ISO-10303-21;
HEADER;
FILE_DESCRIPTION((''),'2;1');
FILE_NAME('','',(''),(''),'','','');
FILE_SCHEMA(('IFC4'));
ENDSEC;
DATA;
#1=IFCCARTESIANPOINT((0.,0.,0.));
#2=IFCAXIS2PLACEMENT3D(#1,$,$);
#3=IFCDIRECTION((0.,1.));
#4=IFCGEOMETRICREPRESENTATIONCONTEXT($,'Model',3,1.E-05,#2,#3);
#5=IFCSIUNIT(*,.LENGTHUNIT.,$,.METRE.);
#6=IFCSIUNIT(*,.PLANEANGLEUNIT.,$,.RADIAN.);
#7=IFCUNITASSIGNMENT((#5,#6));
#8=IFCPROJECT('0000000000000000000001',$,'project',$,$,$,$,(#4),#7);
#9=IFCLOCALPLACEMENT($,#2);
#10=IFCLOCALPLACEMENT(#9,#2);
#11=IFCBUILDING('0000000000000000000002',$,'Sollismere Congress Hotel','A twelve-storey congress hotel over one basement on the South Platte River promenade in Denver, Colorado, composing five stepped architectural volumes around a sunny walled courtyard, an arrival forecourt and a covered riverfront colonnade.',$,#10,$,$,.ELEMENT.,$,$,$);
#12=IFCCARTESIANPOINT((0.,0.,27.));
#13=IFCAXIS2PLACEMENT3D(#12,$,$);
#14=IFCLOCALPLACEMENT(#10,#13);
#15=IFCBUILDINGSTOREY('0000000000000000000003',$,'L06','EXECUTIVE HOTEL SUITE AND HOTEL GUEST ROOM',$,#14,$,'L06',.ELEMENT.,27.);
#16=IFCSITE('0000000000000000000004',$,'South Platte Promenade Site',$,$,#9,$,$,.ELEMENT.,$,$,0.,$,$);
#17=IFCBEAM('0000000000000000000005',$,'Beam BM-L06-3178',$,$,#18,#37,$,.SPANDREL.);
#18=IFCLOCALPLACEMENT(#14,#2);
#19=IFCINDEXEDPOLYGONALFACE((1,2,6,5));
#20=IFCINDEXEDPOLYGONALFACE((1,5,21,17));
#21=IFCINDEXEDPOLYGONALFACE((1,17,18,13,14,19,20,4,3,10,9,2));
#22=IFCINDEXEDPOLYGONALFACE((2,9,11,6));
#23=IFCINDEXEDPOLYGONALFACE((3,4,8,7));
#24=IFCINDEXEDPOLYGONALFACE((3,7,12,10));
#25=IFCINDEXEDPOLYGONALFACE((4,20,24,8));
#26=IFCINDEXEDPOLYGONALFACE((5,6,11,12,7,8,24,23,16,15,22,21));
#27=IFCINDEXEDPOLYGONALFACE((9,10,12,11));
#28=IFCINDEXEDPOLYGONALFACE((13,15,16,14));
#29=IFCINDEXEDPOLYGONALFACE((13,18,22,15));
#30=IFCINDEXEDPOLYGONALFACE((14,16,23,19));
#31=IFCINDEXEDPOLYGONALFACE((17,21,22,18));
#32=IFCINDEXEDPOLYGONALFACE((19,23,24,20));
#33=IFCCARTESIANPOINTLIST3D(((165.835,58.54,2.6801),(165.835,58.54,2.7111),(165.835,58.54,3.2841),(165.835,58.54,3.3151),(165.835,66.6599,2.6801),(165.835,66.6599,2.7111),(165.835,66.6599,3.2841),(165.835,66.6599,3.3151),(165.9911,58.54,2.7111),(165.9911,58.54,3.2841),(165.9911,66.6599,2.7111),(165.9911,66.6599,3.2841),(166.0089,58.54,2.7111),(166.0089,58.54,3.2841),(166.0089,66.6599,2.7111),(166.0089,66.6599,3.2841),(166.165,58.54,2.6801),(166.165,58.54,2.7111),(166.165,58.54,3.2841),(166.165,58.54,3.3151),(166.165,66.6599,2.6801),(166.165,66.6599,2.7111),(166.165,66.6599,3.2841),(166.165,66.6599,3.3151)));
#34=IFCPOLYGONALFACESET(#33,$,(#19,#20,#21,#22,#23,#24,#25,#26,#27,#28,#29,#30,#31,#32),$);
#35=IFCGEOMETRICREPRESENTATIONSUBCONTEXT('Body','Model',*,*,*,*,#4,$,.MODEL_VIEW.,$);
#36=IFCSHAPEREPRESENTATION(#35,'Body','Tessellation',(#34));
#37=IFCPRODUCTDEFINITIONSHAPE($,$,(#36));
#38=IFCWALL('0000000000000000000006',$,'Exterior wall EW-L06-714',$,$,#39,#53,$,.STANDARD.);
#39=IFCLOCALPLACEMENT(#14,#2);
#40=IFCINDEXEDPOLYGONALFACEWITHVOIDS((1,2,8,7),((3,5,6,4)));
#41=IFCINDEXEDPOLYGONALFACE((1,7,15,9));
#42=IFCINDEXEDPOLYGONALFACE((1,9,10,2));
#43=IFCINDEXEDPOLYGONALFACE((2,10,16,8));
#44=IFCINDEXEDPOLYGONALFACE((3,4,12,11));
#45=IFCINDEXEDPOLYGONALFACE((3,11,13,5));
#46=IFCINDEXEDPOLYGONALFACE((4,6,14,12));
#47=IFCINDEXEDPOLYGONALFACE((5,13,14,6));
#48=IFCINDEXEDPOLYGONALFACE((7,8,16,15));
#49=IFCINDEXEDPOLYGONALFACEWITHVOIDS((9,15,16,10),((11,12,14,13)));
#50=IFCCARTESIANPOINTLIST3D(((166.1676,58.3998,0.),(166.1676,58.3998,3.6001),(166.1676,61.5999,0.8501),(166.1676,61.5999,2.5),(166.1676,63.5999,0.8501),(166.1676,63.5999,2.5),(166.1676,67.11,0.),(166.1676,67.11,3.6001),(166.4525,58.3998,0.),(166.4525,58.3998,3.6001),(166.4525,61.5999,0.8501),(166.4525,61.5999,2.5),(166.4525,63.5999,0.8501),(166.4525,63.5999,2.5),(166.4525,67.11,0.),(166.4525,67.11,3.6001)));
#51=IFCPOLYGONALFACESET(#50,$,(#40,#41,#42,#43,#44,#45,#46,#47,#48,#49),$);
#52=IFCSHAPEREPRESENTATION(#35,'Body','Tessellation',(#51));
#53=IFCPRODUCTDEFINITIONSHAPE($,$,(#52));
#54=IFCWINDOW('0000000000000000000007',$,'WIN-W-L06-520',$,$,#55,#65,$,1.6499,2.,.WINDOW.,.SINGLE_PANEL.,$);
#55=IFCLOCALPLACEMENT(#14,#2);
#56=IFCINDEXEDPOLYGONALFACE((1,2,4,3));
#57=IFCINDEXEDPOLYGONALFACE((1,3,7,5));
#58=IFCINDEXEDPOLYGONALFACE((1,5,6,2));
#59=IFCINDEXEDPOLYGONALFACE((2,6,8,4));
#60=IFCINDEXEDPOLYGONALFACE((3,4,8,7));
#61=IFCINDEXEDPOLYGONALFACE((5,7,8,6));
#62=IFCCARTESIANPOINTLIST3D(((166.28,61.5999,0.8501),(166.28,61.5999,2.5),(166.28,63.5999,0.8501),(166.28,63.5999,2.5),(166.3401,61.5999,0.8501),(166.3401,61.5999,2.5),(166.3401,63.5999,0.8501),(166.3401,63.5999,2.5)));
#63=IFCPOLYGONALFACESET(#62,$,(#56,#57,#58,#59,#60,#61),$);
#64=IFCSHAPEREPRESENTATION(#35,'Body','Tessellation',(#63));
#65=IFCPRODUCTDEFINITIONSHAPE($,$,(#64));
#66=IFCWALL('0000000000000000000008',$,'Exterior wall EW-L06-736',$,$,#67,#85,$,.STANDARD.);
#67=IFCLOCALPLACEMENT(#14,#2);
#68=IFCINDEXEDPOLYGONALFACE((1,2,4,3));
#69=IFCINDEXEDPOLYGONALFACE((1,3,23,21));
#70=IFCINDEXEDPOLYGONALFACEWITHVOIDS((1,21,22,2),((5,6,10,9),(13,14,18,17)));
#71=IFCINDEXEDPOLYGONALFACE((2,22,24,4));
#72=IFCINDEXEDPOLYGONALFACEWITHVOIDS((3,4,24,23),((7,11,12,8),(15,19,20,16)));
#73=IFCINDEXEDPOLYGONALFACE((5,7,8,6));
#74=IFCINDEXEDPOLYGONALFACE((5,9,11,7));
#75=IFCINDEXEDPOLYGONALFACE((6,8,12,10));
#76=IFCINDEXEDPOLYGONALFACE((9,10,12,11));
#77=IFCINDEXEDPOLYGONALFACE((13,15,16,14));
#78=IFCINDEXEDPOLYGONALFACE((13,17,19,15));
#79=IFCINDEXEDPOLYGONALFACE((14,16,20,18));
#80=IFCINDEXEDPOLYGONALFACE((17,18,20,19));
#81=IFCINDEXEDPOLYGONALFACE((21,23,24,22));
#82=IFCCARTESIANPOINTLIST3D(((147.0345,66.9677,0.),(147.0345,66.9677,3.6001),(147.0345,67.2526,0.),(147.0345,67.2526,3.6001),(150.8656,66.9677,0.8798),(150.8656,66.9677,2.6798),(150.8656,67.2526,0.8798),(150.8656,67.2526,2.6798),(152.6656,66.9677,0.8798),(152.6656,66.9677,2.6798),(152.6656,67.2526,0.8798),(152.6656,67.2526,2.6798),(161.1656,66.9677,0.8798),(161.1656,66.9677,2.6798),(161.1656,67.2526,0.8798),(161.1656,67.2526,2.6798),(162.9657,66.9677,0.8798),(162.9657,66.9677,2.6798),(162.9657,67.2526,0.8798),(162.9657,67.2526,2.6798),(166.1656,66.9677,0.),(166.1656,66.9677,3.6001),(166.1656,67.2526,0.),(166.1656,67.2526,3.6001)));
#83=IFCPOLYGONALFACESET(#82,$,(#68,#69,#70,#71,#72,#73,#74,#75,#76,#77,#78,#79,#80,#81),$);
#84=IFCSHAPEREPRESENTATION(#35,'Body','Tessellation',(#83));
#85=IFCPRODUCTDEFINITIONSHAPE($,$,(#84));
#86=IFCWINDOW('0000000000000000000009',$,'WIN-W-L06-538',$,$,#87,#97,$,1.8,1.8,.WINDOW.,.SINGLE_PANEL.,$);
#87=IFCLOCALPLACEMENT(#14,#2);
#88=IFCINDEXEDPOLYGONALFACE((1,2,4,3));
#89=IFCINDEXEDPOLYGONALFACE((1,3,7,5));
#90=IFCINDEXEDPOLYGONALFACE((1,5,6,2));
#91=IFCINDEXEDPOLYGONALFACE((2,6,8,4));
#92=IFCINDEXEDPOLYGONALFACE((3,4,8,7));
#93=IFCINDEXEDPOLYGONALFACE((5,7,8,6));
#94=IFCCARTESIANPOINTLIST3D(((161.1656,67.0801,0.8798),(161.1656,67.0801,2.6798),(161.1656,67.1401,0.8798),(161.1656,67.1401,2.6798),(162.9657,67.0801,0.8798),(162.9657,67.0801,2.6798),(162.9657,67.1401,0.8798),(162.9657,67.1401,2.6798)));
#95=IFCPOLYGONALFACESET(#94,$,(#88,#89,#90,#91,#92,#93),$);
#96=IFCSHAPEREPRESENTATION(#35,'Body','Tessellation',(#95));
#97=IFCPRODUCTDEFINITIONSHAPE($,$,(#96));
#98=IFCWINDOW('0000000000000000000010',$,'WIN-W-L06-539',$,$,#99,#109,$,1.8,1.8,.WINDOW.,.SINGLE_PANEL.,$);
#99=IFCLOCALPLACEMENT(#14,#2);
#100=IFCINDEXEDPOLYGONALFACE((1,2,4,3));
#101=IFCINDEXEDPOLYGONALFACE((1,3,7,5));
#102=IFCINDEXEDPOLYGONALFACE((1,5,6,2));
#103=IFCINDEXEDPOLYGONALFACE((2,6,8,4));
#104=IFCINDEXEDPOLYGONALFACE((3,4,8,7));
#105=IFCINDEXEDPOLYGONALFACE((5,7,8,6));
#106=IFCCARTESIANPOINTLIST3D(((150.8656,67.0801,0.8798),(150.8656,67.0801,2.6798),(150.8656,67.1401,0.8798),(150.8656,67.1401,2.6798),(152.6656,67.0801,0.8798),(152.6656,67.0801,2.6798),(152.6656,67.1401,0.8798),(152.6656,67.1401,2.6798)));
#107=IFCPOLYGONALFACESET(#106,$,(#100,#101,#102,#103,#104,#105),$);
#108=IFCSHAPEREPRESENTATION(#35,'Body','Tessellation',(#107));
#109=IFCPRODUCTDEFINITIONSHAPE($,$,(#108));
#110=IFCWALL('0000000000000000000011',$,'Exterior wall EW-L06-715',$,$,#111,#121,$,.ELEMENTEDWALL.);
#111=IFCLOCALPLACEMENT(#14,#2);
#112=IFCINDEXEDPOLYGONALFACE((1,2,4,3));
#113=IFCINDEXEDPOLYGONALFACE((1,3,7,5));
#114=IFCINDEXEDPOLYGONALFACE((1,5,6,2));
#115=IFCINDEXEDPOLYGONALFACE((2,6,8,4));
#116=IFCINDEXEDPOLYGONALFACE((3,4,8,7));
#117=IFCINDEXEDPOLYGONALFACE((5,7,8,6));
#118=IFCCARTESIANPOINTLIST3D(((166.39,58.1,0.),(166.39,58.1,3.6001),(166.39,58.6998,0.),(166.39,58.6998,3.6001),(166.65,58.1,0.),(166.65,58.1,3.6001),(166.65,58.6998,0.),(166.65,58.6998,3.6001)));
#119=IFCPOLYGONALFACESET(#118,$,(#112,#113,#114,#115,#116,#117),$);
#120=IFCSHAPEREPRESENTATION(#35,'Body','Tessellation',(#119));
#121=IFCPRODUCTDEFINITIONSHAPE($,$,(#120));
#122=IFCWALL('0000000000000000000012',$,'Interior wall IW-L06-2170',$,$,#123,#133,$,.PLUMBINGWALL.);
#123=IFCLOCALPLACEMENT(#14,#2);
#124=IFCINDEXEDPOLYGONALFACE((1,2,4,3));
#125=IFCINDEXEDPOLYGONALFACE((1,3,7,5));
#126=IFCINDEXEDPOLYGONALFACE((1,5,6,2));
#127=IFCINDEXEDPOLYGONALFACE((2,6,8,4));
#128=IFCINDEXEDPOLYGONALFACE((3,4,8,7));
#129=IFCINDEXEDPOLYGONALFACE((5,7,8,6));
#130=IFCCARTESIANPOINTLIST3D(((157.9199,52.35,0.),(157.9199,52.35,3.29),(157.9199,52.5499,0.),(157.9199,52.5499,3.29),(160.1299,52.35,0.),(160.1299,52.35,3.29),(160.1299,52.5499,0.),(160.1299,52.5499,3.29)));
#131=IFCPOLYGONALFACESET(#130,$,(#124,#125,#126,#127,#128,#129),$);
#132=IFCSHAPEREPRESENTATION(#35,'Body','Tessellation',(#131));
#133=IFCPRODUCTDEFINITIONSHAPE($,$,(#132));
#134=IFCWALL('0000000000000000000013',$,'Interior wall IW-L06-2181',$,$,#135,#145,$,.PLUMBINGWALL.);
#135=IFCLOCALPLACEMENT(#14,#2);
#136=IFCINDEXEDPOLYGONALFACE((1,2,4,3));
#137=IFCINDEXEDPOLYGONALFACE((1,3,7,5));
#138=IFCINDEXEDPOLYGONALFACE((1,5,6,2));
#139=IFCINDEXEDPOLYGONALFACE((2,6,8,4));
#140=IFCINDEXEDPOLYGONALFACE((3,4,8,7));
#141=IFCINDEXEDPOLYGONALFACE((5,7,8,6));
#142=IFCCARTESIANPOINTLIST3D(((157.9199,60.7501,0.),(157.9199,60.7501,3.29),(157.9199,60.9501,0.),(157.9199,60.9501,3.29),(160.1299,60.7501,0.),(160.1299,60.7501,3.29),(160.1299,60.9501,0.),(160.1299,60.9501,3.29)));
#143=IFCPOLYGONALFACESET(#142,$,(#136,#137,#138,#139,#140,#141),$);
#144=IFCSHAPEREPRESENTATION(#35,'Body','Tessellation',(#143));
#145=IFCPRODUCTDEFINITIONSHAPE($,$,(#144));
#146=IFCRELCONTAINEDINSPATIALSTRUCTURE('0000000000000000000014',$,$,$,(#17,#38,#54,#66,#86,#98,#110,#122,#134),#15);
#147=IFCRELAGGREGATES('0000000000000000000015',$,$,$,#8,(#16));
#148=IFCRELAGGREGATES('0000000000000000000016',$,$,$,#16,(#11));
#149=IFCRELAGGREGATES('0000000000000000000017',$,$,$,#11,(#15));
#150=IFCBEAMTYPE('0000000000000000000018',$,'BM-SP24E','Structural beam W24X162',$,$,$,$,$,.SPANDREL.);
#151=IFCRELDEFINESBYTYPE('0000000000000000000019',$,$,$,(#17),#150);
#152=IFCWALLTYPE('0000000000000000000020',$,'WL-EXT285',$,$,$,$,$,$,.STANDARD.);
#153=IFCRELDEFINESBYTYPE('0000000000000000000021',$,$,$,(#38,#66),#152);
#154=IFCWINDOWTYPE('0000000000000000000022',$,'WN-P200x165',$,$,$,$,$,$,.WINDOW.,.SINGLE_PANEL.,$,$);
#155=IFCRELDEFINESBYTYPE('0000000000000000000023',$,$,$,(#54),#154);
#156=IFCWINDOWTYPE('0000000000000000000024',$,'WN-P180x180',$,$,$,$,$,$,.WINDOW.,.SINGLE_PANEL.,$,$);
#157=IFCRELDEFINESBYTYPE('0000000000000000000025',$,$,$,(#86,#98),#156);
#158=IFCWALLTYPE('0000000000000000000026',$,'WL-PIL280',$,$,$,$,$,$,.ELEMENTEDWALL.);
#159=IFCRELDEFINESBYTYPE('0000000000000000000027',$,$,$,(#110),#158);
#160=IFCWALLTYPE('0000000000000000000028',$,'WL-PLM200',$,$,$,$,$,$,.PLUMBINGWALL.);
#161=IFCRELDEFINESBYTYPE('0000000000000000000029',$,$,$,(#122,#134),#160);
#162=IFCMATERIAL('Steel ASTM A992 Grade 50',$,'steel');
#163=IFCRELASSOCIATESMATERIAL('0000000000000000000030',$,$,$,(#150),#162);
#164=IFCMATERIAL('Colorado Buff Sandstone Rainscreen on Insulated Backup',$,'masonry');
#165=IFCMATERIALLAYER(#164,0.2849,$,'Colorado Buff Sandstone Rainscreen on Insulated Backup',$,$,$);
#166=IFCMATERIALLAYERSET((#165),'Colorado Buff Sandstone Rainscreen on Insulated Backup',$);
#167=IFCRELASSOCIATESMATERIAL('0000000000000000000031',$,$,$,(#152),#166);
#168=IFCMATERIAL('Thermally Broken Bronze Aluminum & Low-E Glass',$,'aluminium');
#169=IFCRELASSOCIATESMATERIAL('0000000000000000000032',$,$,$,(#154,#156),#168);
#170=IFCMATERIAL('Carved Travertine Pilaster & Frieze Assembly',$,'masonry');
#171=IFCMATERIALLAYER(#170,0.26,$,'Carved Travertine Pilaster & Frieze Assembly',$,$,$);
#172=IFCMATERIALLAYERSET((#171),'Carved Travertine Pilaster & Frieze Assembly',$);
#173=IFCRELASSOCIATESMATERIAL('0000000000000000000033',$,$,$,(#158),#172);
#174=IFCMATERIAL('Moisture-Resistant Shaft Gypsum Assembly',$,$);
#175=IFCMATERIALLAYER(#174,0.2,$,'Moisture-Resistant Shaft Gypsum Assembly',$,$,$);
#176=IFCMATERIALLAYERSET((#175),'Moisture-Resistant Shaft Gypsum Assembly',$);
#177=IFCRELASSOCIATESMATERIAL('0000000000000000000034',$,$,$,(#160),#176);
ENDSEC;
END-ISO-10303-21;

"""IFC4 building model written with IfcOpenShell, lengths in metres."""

from ifc_helpers import new_model, si_unit, direction, frame, frame_2d, origin, origin_2d, place, context, subcontext, project, spatial, rectangle, i_section, extrude, material, layer, layer_set, material_profile, profile_set, type_object, element, fill, save


model = new_model("IFC4")

# Units and contexts
model_context = context("Model", 3, precision=1e-05, world=origin(), true_north=direction((0.0, 1.0)))
body_context = subcontext(model_context, "Body", "Model", "MODEL_VIEW")
ifc_project = project(units=[si_unit("LENGTHUNIT", "METRE"), si_unit("PLANEANGLEUNIT", "RADIAN")], contexts=[model_context])

# Site, building, storey
site_placement = place(None, origin())
site = spatial("IfcSite", under=ifc_project, at=site_placement, Name="South Platte Promenade Site", CompositionType="ELEMENT", RefElevation=0.0)
building_placement = place(site_placement, origin())
building = spatial("IfcBuilding", under=site, at=building_placement, Name="Sollismere Congress Hotel", Description="A twelve-storey congress hotel over one basement on the South Platte River promenade in Denver, Colorado, composing five stepped architectural volumes around a sunny walled courtyard, an arrival forecourt and a covered riverfront colonnade.", CompositionType="ELEMENT")
storey_placement = place(building_placement, frame((0.0, 0.0, 27.0)))
storey = spatial("IfcBuildingStorey", under=building, at=storey_placement, Name="L06", Description="EXECUTIVE HOTEL SUITE AND HOTEL GUEST ROOM", LongName="L06", CompositionType="ELEMENT", Elevation=27.0)

# Shared definitions
ifc_material_1 = material(Name="Steel ASTM A992 Grade 50", Category="steel")

# Beam
ifc_material_profile_1 = material_profile(ifc_material_1, i_section(OverallWidth=0.3301, OverallDepth=0.635, WebThickness=0.0178, FlangeThickness=0.031, at=origin_2d()), Name="W24X162")
ifc_profile_set_1 = profile_set([ifc_material_profile_1], Name="Steel ASTM A992 Grade 50")
beam_type_1 = type_object("IfcBeamType", Name="BM-SP24E", Description="Structural beam W24X162", PredefinedType="SPANDREL", material=ifc_profile_set_1)
beam_placement = place(storey_placement, frame((166.0, 58.54, 2.9976), z_axis=(0.0, 1.0, 0.0), x_axis=(-1.0, 0.0, 0.0)))
element("IfcBeam", 1, at=beam_placement, inside=storey, type_object=beam_type_1, Name="Beam BM-L06-3178", PredefinedType="SPANDREL", context=body_context, shape_type="SweptSolid", body=[
    extrude(i_section(OverallWidth=0.3301, OverallDepth=0.635, WebThickness=0.0178, FlangeThickness=0.031, at=origin_2d()), origin(), (0.0, 0.0, 1.0), 8.1199),
])

# Wall, opening, window
ifc_material_2 = material(Name="Colorado Buff Sandstone Rainscreen on Insulated Backup", Category="masonry")
ifc_layer_1 = layer(ifc_material_2, 0.2849, Name="Colorado Buff Sandstone Rainscreen on Insulated Backup")
ifc_layer_set_1 = layer_set([ifc_layer_1], Name="Colorado Buff Sandstone Rainscreen on Insulated Backup")
wall_type_1 = type_object("IfcWallType", Name="WL-EXT285", PredefinedType="STANDARD", material=ifc_layer_set_1)
wall_1_placement = place(storey_placement, frame((166.3101, 58.3999, 0.0), z_axis=(0.0, 0.0, 1.0), x_axis=(0.0, 1.0, 0.0)))
wall_1 = element("IfcWall", 2, at=wall_1_placement, inside=storey, type_object=wall_type_1, Name="Exterior wall EW-L06-714", PredefinedType="STANDARD", context=body_context, shape_type="SweptSolid", body=[
    extrude(rectangle(XDim=8.7102, YDim=0.2849, at=frame_2d((4.355, 0.0))), origin(), (0.0, 0.0, 1.0), 3.6001),
])
opening_1_placement = place(wall_1_placement, frame((3.2, 0.0, 0.8501)))
opening_1 = element("IfcOpeningElement", 3, at=opening_1_placement, cuts=wall_1, PredefinedType="OPENING", context=body_context, shape_type="SweptSolid", body=[
    extrude(rectangle(XDim=2.0, YDim=1.6499, at=frame_2d((1.0, 0.825))), frame((0.0, 0.1523, 0.0), z_axis=(0.0, -1.0, 0.0), x_axis=(1.0, 0.0, 0.0)), (0.0, 0.0, 1.0), 0.3049),
])
ifc_material_3 = material(Name="Thermally Broken Bronze Aluminum & Low-E Glass", Category="aluminium")
window_type_1 = type_object("IfcWindowType", Name="WN-P200x165", PartitioningType="SINGLE_PANEL", PredefinedType="WINDOW", material=ifc_material_3)
window_1_placement = place(opening_1_placement, origin())
window_1 = element("IfcWindow", 4, at=window_1_placement, inside=storey, type_object=window_type_1, Name="WIN-W-L06-520", OverallHeight=1.6499, OverallWidth=2.0, PartitioningType="SINGLE_PANEL", PredefinedType="WINDOW", context=body_context, shape_type="SweptSolid", body=[
    extrude(rectangle(XDim=2.0, YDim=1.6499, at=frame_2d((1.0, 0.825))), frame((0.0, 0.03, 0.0), z_axis=(0.0, -1.0, 0.0), x_axis=(1.0, 0.0, 0.0)), (0.0, 0.0, 1.0), 0.0601),
])
fill(opening_1, window_1)

# Wall, openings, windows
wall_2_placement = place(storey_placement, frame((166.1655, 67.1101, 0.0), z_axis=(0.0, 0.0, 1.0), x_axis=(-1.0, 0.0, 0.0)))
wall_2 = element("IfcWall", 5, at=wall_2_placement, inside=storey, type_object=wall_type_1, Name="Exterior wall EW-L06-736", PredefinedType="STANDARD", context=body_context, shape_type="SweptSolid", body=[
    extrude(rectangle(XDim=19.1311, YDim=0.2849, at=frame_2d((9.5654, 0.0))), origin(), (0.0, 0.0, 1.0), 3.6001),
])
opening_2_placement = place(wall_2_placement, frame((3.2, 0.0, 0.8799)))
opening_2 = element("IfcOpeningElement", 6, at=opening_2_placement, cuts=wall_2, PredefinedType="OPENING", context=body_context, shape_type="SweptSolid", body=[
    extrude(rectangle(XDim=1.8, YDim=1.8, at=frame_2d((0.8999, 0.8999))), frame((0.0, 0.1523, 0.0), z_axis=(0.0, -1.0, 0.0), x_axis=(1.0, 0.0, 0.0)), (0.0, 0.0, 1.0), 0.3049),
])
opening_3_placement = place(wall_2_placement, frame((13.5, 0.0, 0.8799)))
opening_3 = element("IfcOpeningElement", 7, at=opening_3_placement, cuts=wall_2, PredefinedType="OPENING", context=body_context, shape_type="SweptSolid", body=[
    extrude(rectangle(XDim=1.8, YDim=1.8, at=frame_2d((0.8999, 0.8999))), frame((0.0, 0.1523, 0.0), z_axis=(0.0, -1.0, 0.0), x_axis=(1.0, 0.0, 0.0)), (0.0, 0.0, 1.0), 0.3049),
])
window_type_2 = type_object("IfcWindowType", Name="WN-P180x180", PartitioningType="SINGLE_PANEL", PredefinedType="WINDOW", material=ifc_material_3)
window_2_placement = place(opening_2_placement, origin())
window_2 = element("IfcWindow", 8, at=window_2_placement, inside=storey, type_object=window_type_2, Name="WIN-W-L06-538", OverallHeight=1.8, OverallWidth=1.8, PartitioningType="SINGLE_PANEL", PredefinedType="WINDOW", context=body_context, shape_type="SweptSolid", body=[
    extrude(rectangle(XDim=1.8, YDim=1.8, at=frame_2d((0.8999, 0.8999))), frame((0.0, 0.03, 0.0), z_axis=(0.0, -1.0, 0.0), x_axis=(1.0, 0.0, 0.0)), (0.0, 0.0, 1.0), 0.0601),
])
fill(opening_2, window_2)
window_3_placement = place(opening_3_placement, origin())
window_3 = element("IfcWindow", 9, at=window_3_placement, inside=storey, type_object=window_type_2, Name="WIN-W-L06-539", OverallHeight=1.8, OverallWidth=1.8, PartitioningType="SINGLE_PANEL", PredefinedType="WINDOW", context=body_context, shape_type="SweptSolid", body=[
    extrude(rectangle(XDim=1.8, YDim=1.8, at=frame_2d((0.8999, 0.8999))), frame((0.0, 0.03, 0.0), z_axis=(0.0, -1.0, 0.0), x_axis=(1.0, 0.0, 0.0)), (0.0, 0.0, 1.0), 0.0601),
])
fill(opening_3, window_3)

# Walls
ifc_material_4 = material(Name="Carved Travertine Pilaster & Frieze Assembly", Category="masonry")
ifc_layer_2 = layer(ifc_material_4, 0.26, Name="Carved Travertine Pilaster & Frieze Assembly")
ifc_layer_set_2 = layer_set([ifc_layer_2], Name="Carved Travertine Pilaster & Frieze Assembly")
wall_type_2 = type_object("IfcWallType", Name="WL-PIL280", PredefinedType="ELEMENTEDWALL", material=ifc_layer_set_2)
wall_3_placement = place(storey_placement, frame((166.52, 58.1001, 0.0), z_axis=(0.0, 0.0, 1.0), x_axis=(0.0, 1.0, 0.0)))
element("IfcWall", 10, at=wall_3_placement, inside=storey, type_object=wall_type_2, Name="Exterior wall EW-L06-715", PredefinedType="ELEMENTEDWALL", context=body_context, shape_type="SweptSolid", body=[
    extrude(rectangle(XDim=0.5999, YDim=0.26, at=frame_2d((0.2998, 0.0))), origin(), (0.0, 0.0, 1.0), 3.6001),
])
ifc_material_5 = material(Name="Moisture-Resistant Shaft Gypsum Assembly")
ifc_layer_3 = layer(ifc_material_5, 0.2, Name="Moisture-Resistant Shaft Gypsum Assembly")
ifc_layer_set_3 = layer_set([ifc_layer_3], Name="Moisture-Resistant Shaft Gypsum Assembly")
wall_type_3 = type_object("IfcWallType", Name="WL-PLM200", PredefinedType="PLUMBINGWALL", material=ifc_layer_set_3)
for number, where, z_axis, x_axis, name in (
    (11, (157.9199, 52.45, 0.0), (0.0, 0.0, 1.0), (1.0, 0.0, 0.0), "Interior wall IW-L06-2170"),
    (12, (157.9199, 60.8501, 0.0), (0.0, 0.0, 1.0), (1.0, 0.0, 0.0), "Interior wall IW-L06-2181"),
):
    element("IfcWall", number, at=place(storey_placement, frame(where, z_axis=z_axis, x_axis=x_axis)), inside=storey, type_object=wall_type_3, Name=name, PredefinedType="PLUMBINGWALL", context=body_context, shape_type="SweptSolid", body=[
        extrude(rectangle(XDim=2.21, YDim=0.2, at=frame_2d((1.105, 0.0))), origin(), (0.0, 0.0, 1.0), 3.29),
    ])

save(model, "model.ifc")
